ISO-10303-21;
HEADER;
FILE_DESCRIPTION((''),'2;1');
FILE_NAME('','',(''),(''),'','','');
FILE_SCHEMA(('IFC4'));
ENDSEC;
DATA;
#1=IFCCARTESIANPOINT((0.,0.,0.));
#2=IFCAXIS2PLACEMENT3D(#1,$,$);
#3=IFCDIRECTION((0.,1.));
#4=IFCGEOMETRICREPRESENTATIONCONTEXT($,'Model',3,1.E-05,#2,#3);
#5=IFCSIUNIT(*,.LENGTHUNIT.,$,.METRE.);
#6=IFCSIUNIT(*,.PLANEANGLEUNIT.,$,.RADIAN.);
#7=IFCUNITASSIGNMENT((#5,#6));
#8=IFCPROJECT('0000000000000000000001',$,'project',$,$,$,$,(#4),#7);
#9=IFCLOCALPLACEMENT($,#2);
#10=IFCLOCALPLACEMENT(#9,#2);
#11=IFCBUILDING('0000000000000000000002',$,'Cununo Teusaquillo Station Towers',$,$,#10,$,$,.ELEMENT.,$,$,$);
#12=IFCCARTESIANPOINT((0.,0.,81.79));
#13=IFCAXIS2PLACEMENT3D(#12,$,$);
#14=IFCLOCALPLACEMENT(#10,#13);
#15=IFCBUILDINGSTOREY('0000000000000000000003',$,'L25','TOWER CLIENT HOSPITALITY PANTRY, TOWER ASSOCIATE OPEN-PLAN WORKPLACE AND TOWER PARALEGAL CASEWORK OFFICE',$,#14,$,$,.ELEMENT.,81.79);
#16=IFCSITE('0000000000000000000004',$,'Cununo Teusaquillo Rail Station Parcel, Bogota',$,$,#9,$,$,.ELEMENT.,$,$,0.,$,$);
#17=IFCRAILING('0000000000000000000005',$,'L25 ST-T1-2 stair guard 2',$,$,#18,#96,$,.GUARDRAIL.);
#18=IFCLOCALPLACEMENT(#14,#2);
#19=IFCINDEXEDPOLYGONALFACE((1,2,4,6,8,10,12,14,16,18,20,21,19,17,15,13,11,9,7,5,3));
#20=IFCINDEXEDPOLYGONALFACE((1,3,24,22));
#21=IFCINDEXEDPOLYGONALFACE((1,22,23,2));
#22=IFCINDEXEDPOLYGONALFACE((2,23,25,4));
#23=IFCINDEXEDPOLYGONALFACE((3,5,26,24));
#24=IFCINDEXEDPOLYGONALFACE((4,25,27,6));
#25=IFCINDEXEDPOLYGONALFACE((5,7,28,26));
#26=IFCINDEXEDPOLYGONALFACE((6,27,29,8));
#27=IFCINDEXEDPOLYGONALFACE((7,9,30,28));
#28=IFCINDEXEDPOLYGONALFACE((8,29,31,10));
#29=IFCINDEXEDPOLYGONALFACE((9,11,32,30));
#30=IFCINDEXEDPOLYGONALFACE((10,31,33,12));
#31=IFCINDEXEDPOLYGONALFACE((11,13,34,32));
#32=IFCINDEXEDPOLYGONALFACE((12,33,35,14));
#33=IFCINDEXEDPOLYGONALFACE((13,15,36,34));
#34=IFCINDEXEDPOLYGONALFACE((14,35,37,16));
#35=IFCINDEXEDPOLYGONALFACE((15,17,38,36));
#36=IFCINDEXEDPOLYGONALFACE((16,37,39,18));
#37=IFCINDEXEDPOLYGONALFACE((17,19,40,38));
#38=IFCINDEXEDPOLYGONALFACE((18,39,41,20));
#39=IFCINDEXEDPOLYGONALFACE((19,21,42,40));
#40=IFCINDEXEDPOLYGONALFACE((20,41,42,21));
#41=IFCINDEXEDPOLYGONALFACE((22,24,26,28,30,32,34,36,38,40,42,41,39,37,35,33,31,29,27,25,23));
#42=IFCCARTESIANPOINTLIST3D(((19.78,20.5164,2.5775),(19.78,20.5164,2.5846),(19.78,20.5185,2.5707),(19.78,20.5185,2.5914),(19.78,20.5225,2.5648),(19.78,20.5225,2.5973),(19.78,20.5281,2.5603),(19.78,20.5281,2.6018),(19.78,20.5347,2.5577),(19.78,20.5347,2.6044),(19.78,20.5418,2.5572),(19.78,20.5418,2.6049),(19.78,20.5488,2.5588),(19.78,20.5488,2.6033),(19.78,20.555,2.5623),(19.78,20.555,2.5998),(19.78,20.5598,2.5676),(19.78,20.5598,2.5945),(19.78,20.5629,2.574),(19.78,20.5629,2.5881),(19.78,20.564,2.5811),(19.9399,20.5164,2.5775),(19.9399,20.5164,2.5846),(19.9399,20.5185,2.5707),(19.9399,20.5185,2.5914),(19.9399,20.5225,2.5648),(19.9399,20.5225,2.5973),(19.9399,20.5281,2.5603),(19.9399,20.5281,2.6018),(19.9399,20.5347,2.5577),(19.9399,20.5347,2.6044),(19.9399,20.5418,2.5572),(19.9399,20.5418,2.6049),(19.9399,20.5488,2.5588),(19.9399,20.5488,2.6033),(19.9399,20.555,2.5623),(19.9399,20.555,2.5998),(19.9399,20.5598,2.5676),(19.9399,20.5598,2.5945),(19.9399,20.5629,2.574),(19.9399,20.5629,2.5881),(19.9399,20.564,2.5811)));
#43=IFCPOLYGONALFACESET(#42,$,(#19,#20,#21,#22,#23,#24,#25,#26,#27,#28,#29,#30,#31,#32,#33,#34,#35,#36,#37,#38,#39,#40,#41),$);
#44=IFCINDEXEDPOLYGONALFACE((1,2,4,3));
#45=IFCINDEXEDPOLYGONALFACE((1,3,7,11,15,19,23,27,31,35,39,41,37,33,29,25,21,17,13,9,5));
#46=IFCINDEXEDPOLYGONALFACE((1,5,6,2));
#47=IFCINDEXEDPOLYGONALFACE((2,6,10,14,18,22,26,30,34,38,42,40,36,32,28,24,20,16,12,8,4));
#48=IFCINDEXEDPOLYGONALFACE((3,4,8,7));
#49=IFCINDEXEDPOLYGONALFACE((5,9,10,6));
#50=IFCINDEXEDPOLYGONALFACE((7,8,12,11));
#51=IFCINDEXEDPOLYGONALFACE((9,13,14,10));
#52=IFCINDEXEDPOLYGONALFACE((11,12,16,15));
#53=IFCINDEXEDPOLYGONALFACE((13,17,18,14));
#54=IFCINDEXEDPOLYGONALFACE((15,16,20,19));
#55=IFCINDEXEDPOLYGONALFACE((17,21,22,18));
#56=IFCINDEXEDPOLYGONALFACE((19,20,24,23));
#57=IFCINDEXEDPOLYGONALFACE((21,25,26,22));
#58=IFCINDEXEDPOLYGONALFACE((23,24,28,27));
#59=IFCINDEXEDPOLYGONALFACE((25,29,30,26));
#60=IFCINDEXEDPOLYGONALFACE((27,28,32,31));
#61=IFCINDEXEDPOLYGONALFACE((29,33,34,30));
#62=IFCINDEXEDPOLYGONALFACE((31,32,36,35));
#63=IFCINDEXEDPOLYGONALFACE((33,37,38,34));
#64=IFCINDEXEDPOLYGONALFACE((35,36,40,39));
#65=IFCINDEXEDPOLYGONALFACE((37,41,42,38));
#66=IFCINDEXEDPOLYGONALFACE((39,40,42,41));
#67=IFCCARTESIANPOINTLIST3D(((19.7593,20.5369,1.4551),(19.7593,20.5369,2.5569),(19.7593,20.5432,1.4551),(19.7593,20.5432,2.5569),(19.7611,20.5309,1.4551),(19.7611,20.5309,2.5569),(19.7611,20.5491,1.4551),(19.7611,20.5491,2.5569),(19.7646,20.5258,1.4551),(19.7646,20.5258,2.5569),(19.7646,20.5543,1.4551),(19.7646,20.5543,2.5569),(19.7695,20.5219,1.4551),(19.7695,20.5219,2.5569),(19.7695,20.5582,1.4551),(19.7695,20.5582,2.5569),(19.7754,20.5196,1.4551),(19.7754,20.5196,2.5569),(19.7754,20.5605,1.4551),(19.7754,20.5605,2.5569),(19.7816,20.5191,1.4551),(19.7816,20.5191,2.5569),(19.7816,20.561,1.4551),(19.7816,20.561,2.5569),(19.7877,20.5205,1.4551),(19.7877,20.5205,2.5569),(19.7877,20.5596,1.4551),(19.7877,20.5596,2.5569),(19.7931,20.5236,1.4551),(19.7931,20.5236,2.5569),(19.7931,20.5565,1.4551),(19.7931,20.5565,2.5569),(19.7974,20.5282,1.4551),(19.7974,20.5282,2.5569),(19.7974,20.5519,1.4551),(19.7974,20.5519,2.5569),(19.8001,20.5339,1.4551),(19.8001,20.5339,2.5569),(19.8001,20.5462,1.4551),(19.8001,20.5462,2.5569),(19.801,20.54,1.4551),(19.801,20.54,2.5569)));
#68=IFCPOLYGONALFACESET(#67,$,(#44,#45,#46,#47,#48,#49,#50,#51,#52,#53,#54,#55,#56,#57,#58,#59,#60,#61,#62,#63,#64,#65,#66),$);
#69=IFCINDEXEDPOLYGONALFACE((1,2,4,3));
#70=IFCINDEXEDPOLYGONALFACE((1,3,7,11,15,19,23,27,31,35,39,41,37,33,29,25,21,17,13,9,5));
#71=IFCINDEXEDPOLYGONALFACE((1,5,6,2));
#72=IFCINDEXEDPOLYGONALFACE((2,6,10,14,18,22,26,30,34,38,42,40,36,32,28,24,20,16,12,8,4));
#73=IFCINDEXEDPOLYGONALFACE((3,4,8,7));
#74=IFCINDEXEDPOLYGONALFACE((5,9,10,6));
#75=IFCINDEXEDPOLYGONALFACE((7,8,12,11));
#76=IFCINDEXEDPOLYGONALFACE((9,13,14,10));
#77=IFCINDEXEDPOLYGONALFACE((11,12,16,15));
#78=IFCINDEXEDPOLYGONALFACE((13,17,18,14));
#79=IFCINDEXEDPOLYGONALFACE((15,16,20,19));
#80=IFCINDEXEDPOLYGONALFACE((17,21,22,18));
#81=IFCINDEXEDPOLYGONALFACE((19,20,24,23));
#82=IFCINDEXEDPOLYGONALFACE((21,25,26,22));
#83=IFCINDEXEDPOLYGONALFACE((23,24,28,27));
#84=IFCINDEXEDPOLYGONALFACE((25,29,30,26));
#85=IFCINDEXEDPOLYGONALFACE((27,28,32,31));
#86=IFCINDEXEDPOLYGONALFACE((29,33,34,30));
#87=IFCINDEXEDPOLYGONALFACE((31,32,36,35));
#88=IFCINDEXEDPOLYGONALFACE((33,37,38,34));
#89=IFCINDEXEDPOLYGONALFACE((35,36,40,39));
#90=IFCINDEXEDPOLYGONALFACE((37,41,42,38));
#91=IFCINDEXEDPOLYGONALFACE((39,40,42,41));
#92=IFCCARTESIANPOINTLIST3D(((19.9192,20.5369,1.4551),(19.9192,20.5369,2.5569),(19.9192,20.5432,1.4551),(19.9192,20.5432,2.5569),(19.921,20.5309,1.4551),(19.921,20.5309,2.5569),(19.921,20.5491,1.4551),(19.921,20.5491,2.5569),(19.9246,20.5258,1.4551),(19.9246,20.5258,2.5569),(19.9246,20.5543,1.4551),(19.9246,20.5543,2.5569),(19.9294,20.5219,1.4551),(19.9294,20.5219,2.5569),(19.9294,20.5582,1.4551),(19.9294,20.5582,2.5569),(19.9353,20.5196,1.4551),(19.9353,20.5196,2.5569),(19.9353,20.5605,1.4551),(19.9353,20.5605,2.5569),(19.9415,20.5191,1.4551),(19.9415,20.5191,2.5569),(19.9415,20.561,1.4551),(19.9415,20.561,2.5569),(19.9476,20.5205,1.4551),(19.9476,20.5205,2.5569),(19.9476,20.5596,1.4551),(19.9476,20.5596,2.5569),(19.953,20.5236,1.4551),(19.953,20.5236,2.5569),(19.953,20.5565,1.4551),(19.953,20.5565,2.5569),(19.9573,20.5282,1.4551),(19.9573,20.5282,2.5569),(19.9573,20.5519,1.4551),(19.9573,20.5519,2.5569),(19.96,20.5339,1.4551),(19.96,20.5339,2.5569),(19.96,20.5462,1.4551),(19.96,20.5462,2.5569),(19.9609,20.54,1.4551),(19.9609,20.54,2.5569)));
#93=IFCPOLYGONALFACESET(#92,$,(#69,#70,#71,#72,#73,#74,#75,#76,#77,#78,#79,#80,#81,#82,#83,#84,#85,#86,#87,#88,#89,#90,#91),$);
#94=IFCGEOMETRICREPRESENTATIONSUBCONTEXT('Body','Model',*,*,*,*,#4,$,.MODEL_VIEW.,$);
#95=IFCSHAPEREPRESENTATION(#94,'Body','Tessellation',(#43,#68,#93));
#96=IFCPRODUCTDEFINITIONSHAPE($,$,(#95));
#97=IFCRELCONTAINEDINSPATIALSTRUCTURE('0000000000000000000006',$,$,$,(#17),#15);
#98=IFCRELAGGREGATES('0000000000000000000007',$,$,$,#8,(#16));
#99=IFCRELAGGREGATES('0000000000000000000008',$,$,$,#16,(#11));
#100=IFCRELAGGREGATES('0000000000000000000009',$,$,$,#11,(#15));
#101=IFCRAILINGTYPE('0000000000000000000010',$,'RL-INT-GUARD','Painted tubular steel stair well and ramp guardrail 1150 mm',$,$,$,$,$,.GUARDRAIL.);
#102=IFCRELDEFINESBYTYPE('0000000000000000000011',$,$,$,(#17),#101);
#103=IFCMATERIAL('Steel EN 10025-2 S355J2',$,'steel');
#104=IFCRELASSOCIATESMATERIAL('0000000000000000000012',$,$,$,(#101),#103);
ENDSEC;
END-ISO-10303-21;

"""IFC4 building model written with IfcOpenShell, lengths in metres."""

from ifc_helpers import new_model, si_unit, direction, frame, origin, origin_2d, place, context, subcontext, project, spatial, circle, extrude, material, type_object, element, save


model = new_model("IFC4")

# Units and contexts
model_context = context("Model", 3, precision=1e-05, world=origin(), true_north=direction((0.0, 1.0)))
body_context = subcontext(model_context, "Body", "Model", "MODEL_VIEW")
ifc_project = project(units=[si_unit("LENGTHUNIT", "METRE"), si_unit("PLANEANGLEUNIT", "RADIAN")], contexts=[model_context])

# Site, building, storey
site_placement = place(None, origin())
site = spatial("IfcSite", under=ifc_project, at=site_placement, Name="Cununo Teusaquillo Rail Station Parcel, Bogota", CompositionType="ELEMENT", RefElevation=0.0)
building_placement = place(site_placement, origin())
building = spatial("IfcBuilding", under=site, at=building_placement, Name="Cununo Teusaquillo Station Towers", CompositionType="ELEMENT")
storey_placement = place(building_placement, frame((0.0, 0.0, 81.79)))
storey = spatial("IfcBuildingStorey", under=building, at=storey_placement, Name="L25", Description="TOWER CLIENT HOSPITALITY PANTRY, TOWER ASSOCIATE OPEN-PLAN WORKPLACE AND TOWER PARALEGAL CASEWORK OFFICE", CompositionType="ELEMENT", Elevation=81.79)

# Railing
ifc_material_1 = material(Name="Steel EN 10025-2 S355J2", Category="steel")
railing_type_1 = type_object("IfcRailingType", Name="RL-INT-GUARD", Description="Painted tubular steel stair well and ramp guardrail 1150 mm", PredefinedType="GUARDRAIL", material=ifc_material_1)
railing_1_placement = place(storey_placement, frame((19.78, 20.54, 1.4551)))
element("IfcRailing", 1, at=railing_1_placement, inside=storey, type_object=railing_type_1, Name="L25 ST-T1-2 stair guard 2", PredefinedType="GUARDRAIL", context=body_context, shape_type="SweptSolid", body=[
    extrude(circle(Radius=0.0239, at=origin_2d()), frame((0.0, 0.0, 1.126), z_axis=(1.0, 0.0, 0.0), x_axis=(0.0, 1.0, 0.0)), (0.0, 0.0, 1.0), 0.1599),
    extrude(circle(Radius=0.021, at=origin_2d()), origin(), (0.0, 0.0, 1.0), 1.1018),
    extrude(circle(Radius=0.021, at=origin_2d()), frame((0.1599, 0.0, 0.0)), (0.0, 0.0, 1.0), 1.1018),
])

save(model, "model.ifc")
